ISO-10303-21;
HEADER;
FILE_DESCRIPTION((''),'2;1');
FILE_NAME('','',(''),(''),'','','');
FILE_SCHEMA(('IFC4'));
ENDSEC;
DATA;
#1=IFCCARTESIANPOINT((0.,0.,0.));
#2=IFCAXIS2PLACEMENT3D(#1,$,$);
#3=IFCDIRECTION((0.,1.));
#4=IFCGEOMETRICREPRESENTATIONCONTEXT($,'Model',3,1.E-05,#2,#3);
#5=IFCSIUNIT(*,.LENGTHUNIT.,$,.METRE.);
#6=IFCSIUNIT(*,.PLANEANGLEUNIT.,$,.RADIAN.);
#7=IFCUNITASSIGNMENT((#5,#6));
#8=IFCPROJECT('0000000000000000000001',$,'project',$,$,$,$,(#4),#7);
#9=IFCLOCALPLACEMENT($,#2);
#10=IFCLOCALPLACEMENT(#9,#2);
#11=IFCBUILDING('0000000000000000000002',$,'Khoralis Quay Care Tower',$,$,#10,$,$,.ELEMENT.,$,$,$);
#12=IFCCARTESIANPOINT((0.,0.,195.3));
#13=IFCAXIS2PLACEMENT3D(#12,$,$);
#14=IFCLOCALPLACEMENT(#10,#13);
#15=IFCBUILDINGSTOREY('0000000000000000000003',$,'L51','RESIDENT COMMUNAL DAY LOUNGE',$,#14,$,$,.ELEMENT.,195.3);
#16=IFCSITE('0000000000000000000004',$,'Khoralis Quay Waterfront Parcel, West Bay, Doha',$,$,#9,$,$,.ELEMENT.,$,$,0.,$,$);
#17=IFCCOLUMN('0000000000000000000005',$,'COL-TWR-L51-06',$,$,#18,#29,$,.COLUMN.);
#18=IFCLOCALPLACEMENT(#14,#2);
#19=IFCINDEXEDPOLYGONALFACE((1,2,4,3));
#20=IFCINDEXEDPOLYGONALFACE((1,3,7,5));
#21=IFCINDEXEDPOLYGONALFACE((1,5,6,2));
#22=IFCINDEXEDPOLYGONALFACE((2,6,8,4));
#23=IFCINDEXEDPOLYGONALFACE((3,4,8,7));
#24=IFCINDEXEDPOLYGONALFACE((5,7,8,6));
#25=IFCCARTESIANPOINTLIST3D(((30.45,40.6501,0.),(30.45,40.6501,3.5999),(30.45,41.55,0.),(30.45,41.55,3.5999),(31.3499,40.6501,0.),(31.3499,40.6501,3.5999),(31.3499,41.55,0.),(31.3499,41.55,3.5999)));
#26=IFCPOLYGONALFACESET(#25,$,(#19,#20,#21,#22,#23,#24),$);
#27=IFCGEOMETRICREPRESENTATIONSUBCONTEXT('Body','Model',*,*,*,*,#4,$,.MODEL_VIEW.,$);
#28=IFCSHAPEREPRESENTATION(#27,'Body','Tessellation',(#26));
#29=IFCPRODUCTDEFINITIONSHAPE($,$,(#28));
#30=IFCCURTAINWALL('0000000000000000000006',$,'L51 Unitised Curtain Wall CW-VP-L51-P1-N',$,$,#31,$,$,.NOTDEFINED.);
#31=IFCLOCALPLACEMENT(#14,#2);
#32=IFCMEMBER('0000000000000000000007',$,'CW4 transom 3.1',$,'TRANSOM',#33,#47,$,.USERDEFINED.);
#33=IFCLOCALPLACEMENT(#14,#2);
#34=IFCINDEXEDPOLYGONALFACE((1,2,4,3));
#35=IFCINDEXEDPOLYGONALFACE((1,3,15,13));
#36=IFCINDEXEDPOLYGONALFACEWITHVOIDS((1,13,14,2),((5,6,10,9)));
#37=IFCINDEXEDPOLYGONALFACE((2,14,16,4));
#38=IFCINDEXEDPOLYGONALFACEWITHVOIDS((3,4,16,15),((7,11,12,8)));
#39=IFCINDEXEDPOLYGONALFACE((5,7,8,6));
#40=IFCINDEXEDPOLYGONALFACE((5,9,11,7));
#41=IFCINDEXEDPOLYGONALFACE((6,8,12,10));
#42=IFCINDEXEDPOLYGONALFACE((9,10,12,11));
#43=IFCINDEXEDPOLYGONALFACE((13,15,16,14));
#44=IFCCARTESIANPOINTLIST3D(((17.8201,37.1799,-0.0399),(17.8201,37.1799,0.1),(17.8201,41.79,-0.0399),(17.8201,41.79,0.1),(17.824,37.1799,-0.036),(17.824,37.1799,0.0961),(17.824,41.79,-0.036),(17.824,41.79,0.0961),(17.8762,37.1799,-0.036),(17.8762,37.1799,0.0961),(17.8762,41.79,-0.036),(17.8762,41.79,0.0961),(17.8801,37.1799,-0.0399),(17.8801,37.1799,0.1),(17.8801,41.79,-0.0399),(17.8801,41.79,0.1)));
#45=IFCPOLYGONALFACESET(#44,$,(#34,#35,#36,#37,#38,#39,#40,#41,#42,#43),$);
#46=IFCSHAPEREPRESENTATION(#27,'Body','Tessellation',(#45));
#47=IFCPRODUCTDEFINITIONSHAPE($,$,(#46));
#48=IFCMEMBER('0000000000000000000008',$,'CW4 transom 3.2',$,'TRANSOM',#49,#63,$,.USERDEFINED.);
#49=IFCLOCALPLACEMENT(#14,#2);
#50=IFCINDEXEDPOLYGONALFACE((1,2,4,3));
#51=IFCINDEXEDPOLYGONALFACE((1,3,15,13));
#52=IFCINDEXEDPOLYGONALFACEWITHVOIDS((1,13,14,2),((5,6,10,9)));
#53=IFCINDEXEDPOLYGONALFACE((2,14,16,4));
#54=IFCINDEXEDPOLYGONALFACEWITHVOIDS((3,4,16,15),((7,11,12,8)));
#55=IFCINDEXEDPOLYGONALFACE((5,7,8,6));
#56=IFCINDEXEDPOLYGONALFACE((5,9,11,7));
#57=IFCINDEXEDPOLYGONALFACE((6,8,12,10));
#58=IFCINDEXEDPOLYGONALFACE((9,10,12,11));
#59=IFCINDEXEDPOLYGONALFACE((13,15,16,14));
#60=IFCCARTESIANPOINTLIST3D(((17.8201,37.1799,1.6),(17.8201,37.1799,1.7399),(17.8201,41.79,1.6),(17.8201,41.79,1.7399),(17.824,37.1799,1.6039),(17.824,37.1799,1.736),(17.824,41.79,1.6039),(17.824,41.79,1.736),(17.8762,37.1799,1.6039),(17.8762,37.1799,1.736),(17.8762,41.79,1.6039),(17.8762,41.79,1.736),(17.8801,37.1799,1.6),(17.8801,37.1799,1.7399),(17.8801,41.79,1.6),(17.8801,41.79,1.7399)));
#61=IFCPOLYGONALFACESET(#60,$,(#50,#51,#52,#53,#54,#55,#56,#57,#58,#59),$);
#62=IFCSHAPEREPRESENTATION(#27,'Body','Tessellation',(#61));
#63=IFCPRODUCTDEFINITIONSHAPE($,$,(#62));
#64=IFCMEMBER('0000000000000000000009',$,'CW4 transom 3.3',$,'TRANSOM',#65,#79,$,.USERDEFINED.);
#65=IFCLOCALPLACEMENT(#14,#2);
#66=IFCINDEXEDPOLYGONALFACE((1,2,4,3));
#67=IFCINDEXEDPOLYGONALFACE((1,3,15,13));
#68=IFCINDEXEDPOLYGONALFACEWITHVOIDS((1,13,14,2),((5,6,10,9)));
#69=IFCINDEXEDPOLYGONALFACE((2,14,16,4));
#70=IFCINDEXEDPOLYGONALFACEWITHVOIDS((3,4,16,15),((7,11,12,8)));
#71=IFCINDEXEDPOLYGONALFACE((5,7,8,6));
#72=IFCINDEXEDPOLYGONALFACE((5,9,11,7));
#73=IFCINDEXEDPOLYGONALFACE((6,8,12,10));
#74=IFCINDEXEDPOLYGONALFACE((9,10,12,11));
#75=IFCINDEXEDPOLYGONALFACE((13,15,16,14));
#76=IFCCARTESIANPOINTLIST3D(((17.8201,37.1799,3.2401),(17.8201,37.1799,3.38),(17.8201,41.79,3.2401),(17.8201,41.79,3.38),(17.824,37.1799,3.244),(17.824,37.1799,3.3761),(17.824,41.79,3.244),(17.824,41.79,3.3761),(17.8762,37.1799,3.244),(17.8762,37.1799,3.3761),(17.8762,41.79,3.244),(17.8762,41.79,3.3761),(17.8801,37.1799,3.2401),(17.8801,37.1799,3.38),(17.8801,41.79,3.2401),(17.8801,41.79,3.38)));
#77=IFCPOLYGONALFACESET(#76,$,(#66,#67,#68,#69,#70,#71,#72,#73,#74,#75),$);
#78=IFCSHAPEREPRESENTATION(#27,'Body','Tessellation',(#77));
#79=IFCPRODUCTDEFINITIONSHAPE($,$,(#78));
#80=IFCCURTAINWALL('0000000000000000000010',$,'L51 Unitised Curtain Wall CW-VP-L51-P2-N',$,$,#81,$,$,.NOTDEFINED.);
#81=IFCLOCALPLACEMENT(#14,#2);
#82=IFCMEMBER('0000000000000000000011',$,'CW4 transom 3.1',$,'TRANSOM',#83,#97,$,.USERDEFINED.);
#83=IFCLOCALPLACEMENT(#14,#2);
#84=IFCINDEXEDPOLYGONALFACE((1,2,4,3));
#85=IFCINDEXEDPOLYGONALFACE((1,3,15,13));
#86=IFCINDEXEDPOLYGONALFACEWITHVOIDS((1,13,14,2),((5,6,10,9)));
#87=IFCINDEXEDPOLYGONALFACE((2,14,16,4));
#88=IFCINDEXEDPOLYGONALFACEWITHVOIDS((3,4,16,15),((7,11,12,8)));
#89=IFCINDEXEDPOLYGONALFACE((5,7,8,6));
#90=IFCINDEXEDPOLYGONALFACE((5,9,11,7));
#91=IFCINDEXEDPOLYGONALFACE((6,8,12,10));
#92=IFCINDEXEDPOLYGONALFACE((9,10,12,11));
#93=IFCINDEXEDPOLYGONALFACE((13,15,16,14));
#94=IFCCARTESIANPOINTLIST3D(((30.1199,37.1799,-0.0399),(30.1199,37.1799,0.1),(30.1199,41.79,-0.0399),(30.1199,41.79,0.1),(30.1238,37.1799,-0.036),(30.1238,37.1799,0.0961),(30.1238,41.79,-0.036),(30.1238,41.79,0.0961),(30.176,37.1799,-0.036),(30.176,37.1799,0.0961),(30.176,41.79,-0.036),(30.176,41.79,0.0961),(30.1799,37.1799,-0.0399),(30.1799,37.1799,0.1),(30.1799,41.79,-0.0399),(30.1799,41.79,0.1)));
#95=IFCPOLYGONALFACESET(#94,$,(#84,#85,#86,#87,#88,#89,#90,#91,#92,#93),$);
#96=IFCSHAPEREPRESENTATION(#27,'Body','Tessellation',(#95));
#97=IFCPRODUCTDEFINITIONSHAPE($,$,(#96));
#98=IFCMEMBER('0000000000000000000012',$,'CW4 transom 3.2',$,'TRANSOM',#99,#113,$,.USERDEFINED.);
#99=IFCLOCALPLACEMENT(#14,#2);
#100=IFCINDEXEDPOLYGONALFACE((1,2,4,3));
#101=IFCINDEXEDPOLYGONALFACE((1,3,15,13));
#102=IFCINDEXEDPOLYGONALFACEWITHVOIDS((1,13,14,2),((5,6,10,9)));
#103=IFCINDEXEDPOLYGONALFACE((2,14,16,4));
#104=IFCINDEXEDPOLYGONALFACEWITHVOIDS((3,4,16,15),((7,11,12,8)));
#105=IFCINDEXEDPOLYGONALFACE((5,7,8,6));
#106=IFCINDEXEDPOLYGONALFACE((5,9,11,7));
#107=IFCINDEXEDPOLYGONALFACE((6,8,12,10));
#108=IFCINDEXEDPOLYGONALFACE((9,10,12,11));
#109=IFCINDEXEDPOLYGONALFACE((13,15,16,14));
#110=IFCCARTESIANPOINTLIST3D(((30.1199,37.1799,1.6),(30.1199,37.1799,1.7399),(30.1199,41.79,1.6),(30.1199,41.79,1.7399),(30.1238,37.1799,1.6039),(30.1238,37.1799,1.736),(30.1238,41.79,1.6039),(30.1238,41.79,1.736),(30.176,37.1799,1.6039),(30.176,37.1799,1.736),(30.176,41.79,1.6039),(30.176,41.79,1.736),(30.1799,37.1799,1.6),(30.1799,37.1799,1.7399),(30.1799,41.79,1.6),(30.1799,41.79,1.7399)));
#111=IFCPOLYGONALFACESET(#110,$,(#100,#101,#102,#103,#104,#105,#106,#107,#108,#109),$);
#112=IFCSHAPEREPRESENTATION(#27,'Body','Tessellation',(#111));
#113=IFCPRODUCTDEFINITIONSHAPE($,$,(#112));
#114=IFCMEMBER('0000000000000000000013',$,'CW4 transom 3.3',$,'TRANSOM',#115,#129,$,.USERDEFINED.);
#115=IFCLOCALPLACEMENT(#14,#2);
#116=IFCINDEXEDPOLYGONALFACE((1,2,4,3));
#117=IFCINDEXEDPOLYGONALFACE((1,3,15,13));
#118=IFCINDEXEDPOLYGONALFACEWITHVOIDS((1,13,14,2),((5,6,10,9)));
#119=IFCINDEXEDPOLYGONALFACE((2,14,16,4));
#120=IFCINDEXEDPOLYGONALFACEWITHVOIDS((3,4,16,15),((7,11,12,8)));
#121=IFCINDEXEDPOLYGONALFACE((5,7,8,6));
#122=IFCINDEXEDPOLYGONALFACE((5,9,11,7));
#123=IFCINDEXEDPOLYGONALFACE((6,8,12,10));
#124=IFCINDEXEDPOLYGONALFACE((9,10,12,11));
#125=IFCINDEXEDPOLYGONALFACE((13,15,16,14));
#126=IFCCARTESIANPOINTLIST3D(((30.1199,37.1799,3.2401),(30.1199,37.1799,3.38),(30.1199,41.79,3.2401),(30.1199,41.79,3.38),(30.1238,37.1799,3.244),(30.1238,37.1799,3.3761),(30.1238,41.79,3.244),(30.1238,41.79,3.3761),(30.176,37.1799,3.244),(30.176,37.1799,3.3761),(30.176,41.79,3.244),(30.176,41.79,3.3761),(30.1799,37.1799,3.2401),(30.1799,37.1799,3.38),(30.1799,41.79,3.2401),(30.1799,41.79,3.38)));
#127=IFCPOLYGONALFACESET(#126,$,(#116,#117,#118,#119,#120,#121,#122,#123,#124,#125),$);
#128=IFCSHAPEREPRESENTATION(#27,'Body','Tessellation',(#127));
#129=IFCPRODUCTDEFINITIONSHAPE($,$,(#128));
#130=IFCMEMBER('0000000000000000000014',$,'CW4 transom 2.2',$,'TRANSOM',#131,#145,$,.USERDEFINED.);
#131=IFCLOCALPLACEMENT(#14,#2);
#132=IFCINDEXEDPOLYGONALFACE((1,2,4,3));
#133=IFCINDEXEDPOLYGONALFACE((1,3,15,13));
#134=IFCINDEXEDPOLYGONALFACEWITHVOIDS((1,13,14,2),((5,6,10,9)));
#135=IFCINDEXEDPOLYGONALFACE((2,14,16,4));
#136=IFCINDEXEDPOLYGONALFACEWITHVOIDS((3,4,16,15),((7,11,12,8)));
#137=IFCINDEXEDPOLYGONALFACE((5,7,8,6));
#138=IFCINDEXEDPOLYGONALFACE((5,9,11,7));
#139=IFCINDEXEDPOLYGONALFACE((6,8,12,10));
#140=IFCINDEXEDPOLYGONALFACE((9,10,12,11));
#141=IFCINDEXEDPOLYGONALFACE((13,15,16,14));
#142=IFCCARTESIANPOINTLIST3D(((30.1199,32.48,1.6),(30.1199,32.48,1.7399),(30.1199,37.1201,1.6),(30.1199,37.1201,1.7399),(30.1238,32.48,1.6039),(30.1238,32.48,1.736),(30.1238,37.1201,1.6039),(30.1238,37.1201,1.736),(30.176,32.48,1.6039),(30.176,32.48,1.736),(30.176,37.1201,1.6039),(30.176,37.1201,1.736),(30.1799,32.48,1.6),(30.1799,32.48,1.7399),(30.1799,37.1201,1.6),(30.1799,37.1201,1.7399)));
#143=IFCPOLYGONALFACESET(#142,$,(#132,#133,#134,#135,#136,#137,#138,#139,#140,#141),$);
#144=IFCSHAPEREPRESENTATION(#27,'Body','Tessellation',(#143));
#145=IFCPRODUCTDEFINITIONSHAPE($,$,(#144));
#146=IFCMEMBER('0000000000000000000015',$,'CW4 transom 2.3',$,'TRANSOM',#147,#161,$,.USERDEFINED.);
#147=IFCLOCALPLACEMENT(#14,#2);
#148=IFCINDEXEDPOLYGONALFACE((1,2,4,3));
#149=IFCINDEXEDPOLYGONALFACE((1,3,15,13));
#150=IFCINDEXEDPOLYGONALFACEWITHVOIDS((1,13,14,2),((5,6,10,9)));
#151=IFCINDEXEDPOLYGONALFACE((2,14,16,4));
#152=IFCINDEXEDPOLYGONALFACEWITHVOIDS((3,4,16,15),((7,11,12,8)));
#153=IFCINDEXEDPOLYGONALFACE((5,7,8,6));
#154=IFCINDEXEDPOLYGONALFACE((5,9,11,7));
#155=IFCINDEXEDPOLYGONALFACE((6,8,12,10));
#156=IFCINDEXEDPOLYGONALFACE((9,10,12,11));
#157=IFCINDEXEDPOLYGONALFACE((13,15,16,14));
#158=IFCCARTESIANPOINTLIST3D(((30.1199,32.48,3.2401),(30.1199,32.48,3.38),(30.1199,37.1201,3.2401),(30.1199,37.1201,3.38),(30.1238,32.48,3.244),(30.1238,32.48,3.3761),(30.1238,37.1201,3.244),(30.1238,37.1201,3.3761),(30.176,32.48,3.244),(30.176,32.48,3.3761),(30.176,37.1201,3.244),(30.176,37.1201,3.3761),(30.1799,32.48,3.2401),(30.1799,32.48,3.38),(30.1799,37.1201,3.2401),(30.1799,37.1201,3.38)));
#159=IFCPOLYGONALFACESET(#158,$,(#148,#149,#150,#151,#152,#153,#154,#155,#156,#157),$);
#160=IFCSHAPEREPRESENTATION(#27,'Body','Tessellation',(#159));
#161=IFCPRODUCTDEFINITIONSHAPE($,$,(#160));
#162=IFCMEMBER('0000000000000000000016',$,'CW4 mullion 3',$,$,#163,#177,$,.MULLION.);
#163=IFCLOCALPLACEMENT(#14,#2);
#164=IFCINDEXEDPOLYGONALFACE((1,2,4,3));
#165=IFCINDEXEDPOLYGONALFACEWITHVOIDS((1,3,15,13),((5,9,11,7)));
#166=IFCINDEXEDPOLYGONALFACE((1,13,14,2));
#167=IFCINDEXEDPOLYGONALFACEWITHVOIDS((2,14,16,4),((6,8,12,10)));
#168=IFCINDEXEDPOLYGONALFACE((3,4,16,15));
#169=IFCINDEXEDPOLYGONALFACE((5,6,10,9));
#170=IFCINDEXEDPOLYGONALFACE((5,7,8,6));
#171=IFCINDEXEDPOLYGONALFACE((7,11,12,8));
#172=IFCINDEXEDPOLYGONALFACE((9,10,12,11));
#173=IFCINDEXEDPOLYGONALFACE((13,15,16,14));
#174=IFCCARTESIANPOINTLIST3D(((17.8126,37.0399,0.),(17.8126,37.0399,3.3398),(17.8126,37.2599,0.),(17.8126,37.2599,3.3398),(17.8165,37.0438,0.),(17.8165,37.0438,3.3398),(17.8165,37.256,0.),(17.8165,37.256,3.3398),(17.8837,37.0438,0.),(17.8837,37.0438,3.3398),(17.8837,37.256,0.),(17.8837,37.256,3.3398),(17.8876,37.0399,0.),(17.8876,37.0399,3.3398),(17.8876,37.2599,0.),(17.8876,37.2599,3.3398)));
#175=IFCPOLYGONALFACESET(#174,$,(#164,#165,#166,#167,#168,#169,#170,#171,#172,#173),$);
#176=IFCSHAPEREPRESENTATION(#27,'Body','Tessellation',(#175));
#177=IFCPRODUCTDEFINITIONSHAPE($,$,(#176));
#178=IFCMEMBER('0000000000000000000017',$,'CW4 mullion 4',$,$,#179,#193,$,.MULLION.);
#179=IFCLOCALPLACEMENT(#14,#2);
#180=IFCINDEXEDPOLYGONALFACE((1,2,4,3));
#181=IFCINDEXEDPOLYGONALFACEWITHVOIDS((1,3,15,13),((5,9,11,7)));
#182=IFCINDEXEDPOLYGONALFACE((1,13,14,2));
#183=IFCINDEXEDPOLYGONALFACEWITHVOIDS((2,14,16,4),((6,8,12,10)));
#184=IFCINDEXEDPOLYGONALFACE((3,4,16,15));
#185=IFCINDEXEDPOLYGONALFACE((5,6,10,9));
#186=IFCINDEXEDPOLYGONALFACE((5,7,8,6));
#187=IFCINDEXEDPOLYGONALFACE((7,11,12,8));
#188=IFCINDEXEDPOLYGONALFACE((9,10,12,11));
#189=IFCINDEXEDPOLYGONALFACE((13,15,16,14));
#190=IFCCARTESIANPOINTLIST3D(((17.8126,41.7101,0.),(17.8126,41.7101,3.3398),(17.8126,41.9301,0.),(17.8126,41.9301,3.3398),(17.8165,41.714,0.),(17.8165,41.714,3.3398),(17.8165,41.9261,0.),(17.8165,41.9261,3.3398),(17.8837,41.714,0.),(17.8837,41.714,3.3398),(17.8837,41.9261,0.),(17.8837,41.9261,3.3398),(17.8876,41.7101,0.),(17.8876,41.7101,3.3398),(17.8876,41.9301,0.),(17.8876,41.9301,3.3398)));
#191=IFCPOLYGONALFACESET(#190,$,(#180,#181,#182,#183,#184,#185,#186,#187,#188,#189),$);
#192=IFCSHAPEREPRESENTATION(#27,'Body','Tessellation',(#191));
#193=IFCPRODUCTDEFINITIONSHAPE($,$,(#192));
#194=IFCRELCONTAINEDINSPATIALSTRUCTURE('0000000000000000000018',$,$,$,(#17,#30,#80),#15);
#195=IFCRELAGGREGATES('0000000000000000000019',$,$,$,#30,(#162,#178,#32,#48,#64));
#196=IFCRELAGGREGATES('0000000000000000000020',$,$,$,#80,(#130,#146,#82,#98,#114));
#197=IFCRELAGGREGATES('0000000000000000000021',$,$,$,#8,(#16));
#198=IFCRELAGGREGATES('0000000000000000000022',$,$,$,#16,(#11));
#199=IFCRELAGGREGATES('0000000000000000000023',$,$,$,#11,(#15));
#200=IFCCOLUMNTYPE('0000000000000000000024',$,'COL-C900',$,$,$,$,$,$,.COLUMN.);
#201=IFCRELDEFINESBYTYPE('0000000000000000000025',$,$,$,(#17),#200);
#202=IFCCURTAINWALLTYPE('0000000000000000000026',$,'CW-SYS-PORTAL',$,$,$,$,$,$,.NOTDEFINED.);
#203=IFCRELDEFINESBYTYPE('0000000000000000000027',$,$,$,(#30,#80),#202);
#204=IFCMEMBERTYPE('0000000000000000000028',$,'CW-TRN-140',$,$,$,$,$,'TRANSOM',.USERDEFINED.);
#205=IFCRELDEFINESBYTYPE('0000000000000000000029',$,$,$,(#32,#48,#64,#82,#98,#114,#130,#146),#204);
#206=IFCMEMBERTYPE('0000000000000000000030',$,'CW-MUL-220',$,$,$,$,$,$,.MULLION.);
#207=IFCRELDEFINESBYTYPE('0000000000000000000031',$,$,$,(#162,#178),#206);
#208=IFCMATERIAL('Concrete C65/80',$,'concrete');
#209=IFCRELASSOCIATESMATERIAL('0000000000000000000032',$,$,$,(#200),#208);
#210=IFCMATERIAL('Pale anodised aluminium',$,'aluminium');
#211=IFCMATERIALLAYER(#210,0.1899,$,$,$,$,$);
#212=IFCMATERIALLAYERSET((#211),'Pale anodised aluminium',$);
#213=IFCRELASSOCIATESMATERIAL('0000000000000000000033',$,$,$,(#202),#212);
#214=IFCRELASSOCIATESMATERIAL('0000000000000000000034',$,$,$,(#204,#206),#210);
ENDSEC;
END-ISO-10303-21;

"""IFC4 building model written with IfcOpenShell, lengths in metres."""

from ifc_helpers import new_model, si_unit, direction, frame, origin, origin_2d, place, context, subcontext, project, spatial, rectangle, hollow_rectangle, extrude, source, transform, mapped, material, layer, layer_set, material_profile, profile_set, type_object, element, aggregate, save


model = new_model("IFC4")

# Units and contexts
model_context = context("Model", 3, precision=1e-05, world=origin(), true_north=direction((0.0, 1.0)))
body_context = subcontext(model_context, "Body", "Model", "MODEL_VIEW")
ifc_project = project(units=[si_unit("LENGTHUNIT", "METRE"), si_unit("PLANEANGLEUNIT", "RADIAN")], contexts=[model_context])

# Site, building, storey
site_placement = place(None, origin())
site = spatial("IfcSite", under=ifc_project, at=site_placement, Name="Khoralis Quay Waterfront Parcel, West Bay, Doha", CompositionType="ELEMENT", RefElevation=0.0)
building_placement = place(site_placement, origin())
building = spatial("IfcBuilding", under=site, at=building_placement, Name="Khoralis Quay Care Tower", CompositionType="ELEMENT")
storey_placement = place(building_placement, frame((0.0, 0.0, 195.3)))
storey = spatial("IfcBuildingStorey", under=building, at=storey_placement, Name="L51", Description="RESIDENT COMMUNAL DAY LOUNGE", CompositionType="ELEMENT", Elevation=195.3)

# Column
ifc_material_1 = material(Name="Concrete C65/80", Category="concrete")
ifc_material_profile_1 = material_profile(ifc_material_1, rectangle(XDim=0.8999, YDim=0.8999, at=origin_2d()), Name="Concrete C65/80")
ifc_profile_set_1 = profile_set([ifc_material_profile_1], Name="Concrete C65/80")
column_type = type_object("IfcColumnType", Name="COL-C900", PredefinedType="COLUMN", material=ifc_profile_set_1)
shared_shape_1 = source(origin(), body_context, "Body", "SweptSolid", [
    extrude(rectangle(XDim=0.8999, YDim=0.8999, at=origin_2d()), origin(), (0.0, 0.0, 1.0), 3.5999),
])
column_placement = place(storey_placement, frame((30.8999, 41.1001, 0.0), z_axis=(0.0, 0.0, 1.0), x_axis=(1.0, 0.0, 0.0)))
element("IfcColumn", 1, at=column_placement, inside=storey, type_object=column_type, Name="COL-TWR-L51-06", PredefinedType="COLUMN", context=body_context, shape_type="MappedRepresentation", body=[
    mapped(shared_shape_1, transform((0.0, 0.0, 0.0), scale=1.0)),
])

# Curtain walls, members
ifc_material_2 = material(Name="Pale anodised aluminium", Category="aluminium")
ifc_layer_1 = layer(ifc_material_2, 0.1899)
ifc_layer_set_1 = layer_set([ifc_layer_1], Name="Pale anodised aluminium")
curtain_wall_type = type_object("IfcCurtainWallType", Name="CW-SYS-PORTAL", PredefinedType="NOTDEFINED", material=ifc_layer_set_1)
curtain_wall_1_placement = place(storey_placement, origin())
curtain_wall_1 = element("IfcCurtainWall", 2, at=curtain_wall_1_placement, inside=storey, type_object=curtain_wall_type, Name="L51 Unitised Curtain Wall CW-VP-L51-P1-N", PredefinedType="NOTDEFINED")
ifc_material_profile_2 = material_profile(ifc_material_2, hollow_rectangle(XDim=0.0601, YDim=0.1399, WallThickness=0.0039, at=origin_2d()), Name="Pale anodised aluminium")
ifc_profile_set_2 = profile_set([ifc_material_profile_2], Name="Pale anodised aluminium")
member_type_1 = type_object("IfcMemberType", Name="CW-TRN-140", ElementType="TRANSOM", PredefinedType="USERDEFINED", material=ifc_profile_set_2)
shared_shape_2 = source(origin(), body_context, "Body", "SweptSolid", [
    extrude(hollow_rectangle(XDim=0.0601, YDim=0.1399, WallThickness=0.0039, at=origin_2d()), origin(), (0.0, 0.0, 1.0), 4.6101),
])
member_1_placement = place(storey_placement, frame((17.8501, 37.1799, 0.03), z_axis=(0.0, 1.0, 0.0), x_axis=(-1.0, 0.0, 0.0)))
member_1 = element("IfcMember", 3, at=member_1_placement, type_object=member_type_1, Name="CW4 transom 3.1", ObjectType="TRANSOM", PredefinedType="USERDEFINED", context=body_context, shape_type="MappedRepresentation", body=[
    mapped(shared_shape_2, transform((0.0, 0.0, 0.0), scale=1.0)),
])
member_2_placement = place(storey_placement, frame((17.8501, 37.1799, 1.6699), z_axis=(0.0, 1.0, 0.0), x_axis=(-1.0, 0.0, 0.0)))
member_2 = element("IfcMember", 4, at=member_2_placement, type_object=member_type_1, Name="CW4 transom 3.2", ObjectType="TRANSOM", PredefinedType="USERDEFINED", context=body_context, shape_type="MappedRepresentation", body=[
    mapped(shared_shape_2, transform((0.0, 0.0, 0.0), scale=1.0)),
])
member_3_placement = place(storey_placement, frame((17.8501, 37.1799, 3.3101), z_axis=(0.0, 1.0, 0.0), x_axis=(-1.0, 0.0, 0.0)))
member_3 = element("IfcMember", 5, at=member_3_placement, type_object=member_type_1, Name="CW4 transom 3.3", ObjectType="TRANSOM", PredefinedType="USERDEFINED", context=body_context, shape_type="MappedRepresentation", body=[
    mapped(shared_shape_2, transform((0.0, 0.0, 0.0), scale=1.0)),
])
curtain_wall_2_placement = place(storey_placement, origin())
curtain_wall_2 = element("IfcCurtainWall", 6, at=curtain_wall_2_placement, inside=storey, type_object=curtain_wall_type, Name="L51 Unitised Curtain Wall CW-VP-L51-P2-N", PredefinedType="NOTDEFINED")
member_4_placement = place(storey_placement, frame((30.1499, 37.1799, 0.03), z_axis=(0.0, 1.0, 0.0), x_axis=(-1.0, 0.0, 0.0)))
member_4 = element("IfcMember", 7, at=member_4_placement, type_object=member_type_1, Name="CW4 transom 3.1", ObjectType="TRANSOM", PredefinedType="USERDEFINED", context=body_context, shape_type="MappedRepresentation", body=[
    mapped(shared_shape_2, transform((0.0, 0.0, 0.0), scale=1.0)),
])
member_5_placement = place(storey_placement, frame((30.1499, 37.1799, 1.6699), z_axis=(0.0, 1.0, 0.0), x_axis=(-1.0, 0.0, 0.0)))
member_5 = element("IfcMember", 8, at=member_5_placement, type_object=member_type_1, Name="CW4 transom 3.2", ObjectType="TRANSOM", PredefinedType="USERDEFINED", context=body_context, shape_type="MappedRepresentation", body=[
    mapped(shared_shape_2, transform((0.0, 0.0, 0.0), scale=1.0)),
])
member_6_placement = place(storey_placement, frame((30.1499, 37.1799, 3.3101), z_axis=(0.0, 1.0, 0.0), x_axis=(-1.0, 0.0, 0.0)))
member_6 = element("IfcMember", 9, at=member_6_placement, type_object=member_type_1, Name="CW4 transom 3.3", ObjectType="TRANSOM", PredefinedType="USERDEFINED", context=body_context, shape_type="MappedRepresentation", body=[
    mapped(shared_shape_2, transform((0.0, 0.0, 0.0), scale=1.0)),
])
shared_shape_3 = source(origin(), body_context, "Body", "SweptSolid", [
    extrude(hollow_rectangle(XDim=0.0601, YDim=0.1399, WallThickness=0.0039, at=origin_2d()), origin(), (0.0, 0.0, 1.0), 4.6401),
])
member_7_placement = place(storey_placement, frame((30.1499, 32.48, 1.6699), z_axis=(0.0, 1.0, 0.0), x_axis=(-1.0, 0.0, 0.0)))
member_7 = element("IfcMember", 10, at=member_7_placement, type_object=member_type_1, Name="CW4 transom 2.2", ObjectType="TRANSOM", PredefinedType="USERDEFINED", context=body_context, shape_type="MappedRepresentation", body=[
    mapped(shared_shape_3, transform((0.0, 0.0, 0.0), scale=1.0)),
])
member_8_placement = place(storey_placement, frame((30.1499, 32.48, 3.3101), z_axis=(0.0, 1.0, 0.0), x_axis=(-1.0, 0.0, 0.0)))
member_8 = element("IfcMember", 11, at=member_8_placement, type_object=member_type_1, Name="CW4 transom 2.3", ObjectType="TRANSOM", PredefinedType="USERDEFINED", context=body_context, shape_type="MappedRepresentation", body=[
    mapped(shared_shape_3, transform((0.0, 0.0, 0.0), scale=1.0)),
])

# Members
ifc_material_profile_3 = material_profile(ifc_material_2, hollow_rectangle(XDim=0.075, YDim=0.22, WallThickness=0.0039, at=origin_2d()), Name="Pale anodised aluminium")
ifc_profile_set_3 = profile_set([ifc_material_profile_3], Name="Pale anodised aluminium")
member_type_2 = type_object("IfcMemberType", Name="CW-MUL-220", PredefinedType="MULLION", material=ifc_profile_set_3)
shared_shape_4 = source(origin(), body_context, "Body", "SweptSolid", [
    extrude(hollow_rectangle(XDim=0.075, YDim=0.22, WallThickness=0.0039, at=origin_2d()), origin(), (0.0, 0.0, 1.0), 3.3398),
])
member_9_placement = place(storey_placement, frame((17.8501, 37.1499, 0.0), z_axis=(0.0, 0.0, 1.0), x_axis=(-1.0, 0.0, 0.0)))
member_9 = element("IfcMember", 12, at=member_9_placement, type_object=member_type_2, Name="CW4 mullion 3", PredefinedType="MULLION", context=body_context, shape_type="MappedRepresentation", body=[
    mapped(shared_shape_4, transform((0.0, 0.0, 0.0), scale=1.0)),
])
member_10_placement = place(storey_placement, frame((17.8501, 41.8201, 0.0), z_axis=(0.0, 0.0, 1.0), x_axis=(-1.0, 0.0, 0.0)))
member_10 = element("IfcMember", 13, at=member_10_placement, type_object=member_type_2, Name="CW4 mullion 4", PredefinedType="MULLION", context=body_context, shape_type="MappedRepresentation", body=[
    mapped(shared_shape_4, transform((0.0, 0.0, 0.0), scale=1.0)),
])

aggregate(curtain_wall_1, [member_9, member_10, member_1, member_2, member_3])
aggregate(curtain_wall_2, [member_7, member_8, member_4, member_5, member_6])

save(model, "model.ifc")
